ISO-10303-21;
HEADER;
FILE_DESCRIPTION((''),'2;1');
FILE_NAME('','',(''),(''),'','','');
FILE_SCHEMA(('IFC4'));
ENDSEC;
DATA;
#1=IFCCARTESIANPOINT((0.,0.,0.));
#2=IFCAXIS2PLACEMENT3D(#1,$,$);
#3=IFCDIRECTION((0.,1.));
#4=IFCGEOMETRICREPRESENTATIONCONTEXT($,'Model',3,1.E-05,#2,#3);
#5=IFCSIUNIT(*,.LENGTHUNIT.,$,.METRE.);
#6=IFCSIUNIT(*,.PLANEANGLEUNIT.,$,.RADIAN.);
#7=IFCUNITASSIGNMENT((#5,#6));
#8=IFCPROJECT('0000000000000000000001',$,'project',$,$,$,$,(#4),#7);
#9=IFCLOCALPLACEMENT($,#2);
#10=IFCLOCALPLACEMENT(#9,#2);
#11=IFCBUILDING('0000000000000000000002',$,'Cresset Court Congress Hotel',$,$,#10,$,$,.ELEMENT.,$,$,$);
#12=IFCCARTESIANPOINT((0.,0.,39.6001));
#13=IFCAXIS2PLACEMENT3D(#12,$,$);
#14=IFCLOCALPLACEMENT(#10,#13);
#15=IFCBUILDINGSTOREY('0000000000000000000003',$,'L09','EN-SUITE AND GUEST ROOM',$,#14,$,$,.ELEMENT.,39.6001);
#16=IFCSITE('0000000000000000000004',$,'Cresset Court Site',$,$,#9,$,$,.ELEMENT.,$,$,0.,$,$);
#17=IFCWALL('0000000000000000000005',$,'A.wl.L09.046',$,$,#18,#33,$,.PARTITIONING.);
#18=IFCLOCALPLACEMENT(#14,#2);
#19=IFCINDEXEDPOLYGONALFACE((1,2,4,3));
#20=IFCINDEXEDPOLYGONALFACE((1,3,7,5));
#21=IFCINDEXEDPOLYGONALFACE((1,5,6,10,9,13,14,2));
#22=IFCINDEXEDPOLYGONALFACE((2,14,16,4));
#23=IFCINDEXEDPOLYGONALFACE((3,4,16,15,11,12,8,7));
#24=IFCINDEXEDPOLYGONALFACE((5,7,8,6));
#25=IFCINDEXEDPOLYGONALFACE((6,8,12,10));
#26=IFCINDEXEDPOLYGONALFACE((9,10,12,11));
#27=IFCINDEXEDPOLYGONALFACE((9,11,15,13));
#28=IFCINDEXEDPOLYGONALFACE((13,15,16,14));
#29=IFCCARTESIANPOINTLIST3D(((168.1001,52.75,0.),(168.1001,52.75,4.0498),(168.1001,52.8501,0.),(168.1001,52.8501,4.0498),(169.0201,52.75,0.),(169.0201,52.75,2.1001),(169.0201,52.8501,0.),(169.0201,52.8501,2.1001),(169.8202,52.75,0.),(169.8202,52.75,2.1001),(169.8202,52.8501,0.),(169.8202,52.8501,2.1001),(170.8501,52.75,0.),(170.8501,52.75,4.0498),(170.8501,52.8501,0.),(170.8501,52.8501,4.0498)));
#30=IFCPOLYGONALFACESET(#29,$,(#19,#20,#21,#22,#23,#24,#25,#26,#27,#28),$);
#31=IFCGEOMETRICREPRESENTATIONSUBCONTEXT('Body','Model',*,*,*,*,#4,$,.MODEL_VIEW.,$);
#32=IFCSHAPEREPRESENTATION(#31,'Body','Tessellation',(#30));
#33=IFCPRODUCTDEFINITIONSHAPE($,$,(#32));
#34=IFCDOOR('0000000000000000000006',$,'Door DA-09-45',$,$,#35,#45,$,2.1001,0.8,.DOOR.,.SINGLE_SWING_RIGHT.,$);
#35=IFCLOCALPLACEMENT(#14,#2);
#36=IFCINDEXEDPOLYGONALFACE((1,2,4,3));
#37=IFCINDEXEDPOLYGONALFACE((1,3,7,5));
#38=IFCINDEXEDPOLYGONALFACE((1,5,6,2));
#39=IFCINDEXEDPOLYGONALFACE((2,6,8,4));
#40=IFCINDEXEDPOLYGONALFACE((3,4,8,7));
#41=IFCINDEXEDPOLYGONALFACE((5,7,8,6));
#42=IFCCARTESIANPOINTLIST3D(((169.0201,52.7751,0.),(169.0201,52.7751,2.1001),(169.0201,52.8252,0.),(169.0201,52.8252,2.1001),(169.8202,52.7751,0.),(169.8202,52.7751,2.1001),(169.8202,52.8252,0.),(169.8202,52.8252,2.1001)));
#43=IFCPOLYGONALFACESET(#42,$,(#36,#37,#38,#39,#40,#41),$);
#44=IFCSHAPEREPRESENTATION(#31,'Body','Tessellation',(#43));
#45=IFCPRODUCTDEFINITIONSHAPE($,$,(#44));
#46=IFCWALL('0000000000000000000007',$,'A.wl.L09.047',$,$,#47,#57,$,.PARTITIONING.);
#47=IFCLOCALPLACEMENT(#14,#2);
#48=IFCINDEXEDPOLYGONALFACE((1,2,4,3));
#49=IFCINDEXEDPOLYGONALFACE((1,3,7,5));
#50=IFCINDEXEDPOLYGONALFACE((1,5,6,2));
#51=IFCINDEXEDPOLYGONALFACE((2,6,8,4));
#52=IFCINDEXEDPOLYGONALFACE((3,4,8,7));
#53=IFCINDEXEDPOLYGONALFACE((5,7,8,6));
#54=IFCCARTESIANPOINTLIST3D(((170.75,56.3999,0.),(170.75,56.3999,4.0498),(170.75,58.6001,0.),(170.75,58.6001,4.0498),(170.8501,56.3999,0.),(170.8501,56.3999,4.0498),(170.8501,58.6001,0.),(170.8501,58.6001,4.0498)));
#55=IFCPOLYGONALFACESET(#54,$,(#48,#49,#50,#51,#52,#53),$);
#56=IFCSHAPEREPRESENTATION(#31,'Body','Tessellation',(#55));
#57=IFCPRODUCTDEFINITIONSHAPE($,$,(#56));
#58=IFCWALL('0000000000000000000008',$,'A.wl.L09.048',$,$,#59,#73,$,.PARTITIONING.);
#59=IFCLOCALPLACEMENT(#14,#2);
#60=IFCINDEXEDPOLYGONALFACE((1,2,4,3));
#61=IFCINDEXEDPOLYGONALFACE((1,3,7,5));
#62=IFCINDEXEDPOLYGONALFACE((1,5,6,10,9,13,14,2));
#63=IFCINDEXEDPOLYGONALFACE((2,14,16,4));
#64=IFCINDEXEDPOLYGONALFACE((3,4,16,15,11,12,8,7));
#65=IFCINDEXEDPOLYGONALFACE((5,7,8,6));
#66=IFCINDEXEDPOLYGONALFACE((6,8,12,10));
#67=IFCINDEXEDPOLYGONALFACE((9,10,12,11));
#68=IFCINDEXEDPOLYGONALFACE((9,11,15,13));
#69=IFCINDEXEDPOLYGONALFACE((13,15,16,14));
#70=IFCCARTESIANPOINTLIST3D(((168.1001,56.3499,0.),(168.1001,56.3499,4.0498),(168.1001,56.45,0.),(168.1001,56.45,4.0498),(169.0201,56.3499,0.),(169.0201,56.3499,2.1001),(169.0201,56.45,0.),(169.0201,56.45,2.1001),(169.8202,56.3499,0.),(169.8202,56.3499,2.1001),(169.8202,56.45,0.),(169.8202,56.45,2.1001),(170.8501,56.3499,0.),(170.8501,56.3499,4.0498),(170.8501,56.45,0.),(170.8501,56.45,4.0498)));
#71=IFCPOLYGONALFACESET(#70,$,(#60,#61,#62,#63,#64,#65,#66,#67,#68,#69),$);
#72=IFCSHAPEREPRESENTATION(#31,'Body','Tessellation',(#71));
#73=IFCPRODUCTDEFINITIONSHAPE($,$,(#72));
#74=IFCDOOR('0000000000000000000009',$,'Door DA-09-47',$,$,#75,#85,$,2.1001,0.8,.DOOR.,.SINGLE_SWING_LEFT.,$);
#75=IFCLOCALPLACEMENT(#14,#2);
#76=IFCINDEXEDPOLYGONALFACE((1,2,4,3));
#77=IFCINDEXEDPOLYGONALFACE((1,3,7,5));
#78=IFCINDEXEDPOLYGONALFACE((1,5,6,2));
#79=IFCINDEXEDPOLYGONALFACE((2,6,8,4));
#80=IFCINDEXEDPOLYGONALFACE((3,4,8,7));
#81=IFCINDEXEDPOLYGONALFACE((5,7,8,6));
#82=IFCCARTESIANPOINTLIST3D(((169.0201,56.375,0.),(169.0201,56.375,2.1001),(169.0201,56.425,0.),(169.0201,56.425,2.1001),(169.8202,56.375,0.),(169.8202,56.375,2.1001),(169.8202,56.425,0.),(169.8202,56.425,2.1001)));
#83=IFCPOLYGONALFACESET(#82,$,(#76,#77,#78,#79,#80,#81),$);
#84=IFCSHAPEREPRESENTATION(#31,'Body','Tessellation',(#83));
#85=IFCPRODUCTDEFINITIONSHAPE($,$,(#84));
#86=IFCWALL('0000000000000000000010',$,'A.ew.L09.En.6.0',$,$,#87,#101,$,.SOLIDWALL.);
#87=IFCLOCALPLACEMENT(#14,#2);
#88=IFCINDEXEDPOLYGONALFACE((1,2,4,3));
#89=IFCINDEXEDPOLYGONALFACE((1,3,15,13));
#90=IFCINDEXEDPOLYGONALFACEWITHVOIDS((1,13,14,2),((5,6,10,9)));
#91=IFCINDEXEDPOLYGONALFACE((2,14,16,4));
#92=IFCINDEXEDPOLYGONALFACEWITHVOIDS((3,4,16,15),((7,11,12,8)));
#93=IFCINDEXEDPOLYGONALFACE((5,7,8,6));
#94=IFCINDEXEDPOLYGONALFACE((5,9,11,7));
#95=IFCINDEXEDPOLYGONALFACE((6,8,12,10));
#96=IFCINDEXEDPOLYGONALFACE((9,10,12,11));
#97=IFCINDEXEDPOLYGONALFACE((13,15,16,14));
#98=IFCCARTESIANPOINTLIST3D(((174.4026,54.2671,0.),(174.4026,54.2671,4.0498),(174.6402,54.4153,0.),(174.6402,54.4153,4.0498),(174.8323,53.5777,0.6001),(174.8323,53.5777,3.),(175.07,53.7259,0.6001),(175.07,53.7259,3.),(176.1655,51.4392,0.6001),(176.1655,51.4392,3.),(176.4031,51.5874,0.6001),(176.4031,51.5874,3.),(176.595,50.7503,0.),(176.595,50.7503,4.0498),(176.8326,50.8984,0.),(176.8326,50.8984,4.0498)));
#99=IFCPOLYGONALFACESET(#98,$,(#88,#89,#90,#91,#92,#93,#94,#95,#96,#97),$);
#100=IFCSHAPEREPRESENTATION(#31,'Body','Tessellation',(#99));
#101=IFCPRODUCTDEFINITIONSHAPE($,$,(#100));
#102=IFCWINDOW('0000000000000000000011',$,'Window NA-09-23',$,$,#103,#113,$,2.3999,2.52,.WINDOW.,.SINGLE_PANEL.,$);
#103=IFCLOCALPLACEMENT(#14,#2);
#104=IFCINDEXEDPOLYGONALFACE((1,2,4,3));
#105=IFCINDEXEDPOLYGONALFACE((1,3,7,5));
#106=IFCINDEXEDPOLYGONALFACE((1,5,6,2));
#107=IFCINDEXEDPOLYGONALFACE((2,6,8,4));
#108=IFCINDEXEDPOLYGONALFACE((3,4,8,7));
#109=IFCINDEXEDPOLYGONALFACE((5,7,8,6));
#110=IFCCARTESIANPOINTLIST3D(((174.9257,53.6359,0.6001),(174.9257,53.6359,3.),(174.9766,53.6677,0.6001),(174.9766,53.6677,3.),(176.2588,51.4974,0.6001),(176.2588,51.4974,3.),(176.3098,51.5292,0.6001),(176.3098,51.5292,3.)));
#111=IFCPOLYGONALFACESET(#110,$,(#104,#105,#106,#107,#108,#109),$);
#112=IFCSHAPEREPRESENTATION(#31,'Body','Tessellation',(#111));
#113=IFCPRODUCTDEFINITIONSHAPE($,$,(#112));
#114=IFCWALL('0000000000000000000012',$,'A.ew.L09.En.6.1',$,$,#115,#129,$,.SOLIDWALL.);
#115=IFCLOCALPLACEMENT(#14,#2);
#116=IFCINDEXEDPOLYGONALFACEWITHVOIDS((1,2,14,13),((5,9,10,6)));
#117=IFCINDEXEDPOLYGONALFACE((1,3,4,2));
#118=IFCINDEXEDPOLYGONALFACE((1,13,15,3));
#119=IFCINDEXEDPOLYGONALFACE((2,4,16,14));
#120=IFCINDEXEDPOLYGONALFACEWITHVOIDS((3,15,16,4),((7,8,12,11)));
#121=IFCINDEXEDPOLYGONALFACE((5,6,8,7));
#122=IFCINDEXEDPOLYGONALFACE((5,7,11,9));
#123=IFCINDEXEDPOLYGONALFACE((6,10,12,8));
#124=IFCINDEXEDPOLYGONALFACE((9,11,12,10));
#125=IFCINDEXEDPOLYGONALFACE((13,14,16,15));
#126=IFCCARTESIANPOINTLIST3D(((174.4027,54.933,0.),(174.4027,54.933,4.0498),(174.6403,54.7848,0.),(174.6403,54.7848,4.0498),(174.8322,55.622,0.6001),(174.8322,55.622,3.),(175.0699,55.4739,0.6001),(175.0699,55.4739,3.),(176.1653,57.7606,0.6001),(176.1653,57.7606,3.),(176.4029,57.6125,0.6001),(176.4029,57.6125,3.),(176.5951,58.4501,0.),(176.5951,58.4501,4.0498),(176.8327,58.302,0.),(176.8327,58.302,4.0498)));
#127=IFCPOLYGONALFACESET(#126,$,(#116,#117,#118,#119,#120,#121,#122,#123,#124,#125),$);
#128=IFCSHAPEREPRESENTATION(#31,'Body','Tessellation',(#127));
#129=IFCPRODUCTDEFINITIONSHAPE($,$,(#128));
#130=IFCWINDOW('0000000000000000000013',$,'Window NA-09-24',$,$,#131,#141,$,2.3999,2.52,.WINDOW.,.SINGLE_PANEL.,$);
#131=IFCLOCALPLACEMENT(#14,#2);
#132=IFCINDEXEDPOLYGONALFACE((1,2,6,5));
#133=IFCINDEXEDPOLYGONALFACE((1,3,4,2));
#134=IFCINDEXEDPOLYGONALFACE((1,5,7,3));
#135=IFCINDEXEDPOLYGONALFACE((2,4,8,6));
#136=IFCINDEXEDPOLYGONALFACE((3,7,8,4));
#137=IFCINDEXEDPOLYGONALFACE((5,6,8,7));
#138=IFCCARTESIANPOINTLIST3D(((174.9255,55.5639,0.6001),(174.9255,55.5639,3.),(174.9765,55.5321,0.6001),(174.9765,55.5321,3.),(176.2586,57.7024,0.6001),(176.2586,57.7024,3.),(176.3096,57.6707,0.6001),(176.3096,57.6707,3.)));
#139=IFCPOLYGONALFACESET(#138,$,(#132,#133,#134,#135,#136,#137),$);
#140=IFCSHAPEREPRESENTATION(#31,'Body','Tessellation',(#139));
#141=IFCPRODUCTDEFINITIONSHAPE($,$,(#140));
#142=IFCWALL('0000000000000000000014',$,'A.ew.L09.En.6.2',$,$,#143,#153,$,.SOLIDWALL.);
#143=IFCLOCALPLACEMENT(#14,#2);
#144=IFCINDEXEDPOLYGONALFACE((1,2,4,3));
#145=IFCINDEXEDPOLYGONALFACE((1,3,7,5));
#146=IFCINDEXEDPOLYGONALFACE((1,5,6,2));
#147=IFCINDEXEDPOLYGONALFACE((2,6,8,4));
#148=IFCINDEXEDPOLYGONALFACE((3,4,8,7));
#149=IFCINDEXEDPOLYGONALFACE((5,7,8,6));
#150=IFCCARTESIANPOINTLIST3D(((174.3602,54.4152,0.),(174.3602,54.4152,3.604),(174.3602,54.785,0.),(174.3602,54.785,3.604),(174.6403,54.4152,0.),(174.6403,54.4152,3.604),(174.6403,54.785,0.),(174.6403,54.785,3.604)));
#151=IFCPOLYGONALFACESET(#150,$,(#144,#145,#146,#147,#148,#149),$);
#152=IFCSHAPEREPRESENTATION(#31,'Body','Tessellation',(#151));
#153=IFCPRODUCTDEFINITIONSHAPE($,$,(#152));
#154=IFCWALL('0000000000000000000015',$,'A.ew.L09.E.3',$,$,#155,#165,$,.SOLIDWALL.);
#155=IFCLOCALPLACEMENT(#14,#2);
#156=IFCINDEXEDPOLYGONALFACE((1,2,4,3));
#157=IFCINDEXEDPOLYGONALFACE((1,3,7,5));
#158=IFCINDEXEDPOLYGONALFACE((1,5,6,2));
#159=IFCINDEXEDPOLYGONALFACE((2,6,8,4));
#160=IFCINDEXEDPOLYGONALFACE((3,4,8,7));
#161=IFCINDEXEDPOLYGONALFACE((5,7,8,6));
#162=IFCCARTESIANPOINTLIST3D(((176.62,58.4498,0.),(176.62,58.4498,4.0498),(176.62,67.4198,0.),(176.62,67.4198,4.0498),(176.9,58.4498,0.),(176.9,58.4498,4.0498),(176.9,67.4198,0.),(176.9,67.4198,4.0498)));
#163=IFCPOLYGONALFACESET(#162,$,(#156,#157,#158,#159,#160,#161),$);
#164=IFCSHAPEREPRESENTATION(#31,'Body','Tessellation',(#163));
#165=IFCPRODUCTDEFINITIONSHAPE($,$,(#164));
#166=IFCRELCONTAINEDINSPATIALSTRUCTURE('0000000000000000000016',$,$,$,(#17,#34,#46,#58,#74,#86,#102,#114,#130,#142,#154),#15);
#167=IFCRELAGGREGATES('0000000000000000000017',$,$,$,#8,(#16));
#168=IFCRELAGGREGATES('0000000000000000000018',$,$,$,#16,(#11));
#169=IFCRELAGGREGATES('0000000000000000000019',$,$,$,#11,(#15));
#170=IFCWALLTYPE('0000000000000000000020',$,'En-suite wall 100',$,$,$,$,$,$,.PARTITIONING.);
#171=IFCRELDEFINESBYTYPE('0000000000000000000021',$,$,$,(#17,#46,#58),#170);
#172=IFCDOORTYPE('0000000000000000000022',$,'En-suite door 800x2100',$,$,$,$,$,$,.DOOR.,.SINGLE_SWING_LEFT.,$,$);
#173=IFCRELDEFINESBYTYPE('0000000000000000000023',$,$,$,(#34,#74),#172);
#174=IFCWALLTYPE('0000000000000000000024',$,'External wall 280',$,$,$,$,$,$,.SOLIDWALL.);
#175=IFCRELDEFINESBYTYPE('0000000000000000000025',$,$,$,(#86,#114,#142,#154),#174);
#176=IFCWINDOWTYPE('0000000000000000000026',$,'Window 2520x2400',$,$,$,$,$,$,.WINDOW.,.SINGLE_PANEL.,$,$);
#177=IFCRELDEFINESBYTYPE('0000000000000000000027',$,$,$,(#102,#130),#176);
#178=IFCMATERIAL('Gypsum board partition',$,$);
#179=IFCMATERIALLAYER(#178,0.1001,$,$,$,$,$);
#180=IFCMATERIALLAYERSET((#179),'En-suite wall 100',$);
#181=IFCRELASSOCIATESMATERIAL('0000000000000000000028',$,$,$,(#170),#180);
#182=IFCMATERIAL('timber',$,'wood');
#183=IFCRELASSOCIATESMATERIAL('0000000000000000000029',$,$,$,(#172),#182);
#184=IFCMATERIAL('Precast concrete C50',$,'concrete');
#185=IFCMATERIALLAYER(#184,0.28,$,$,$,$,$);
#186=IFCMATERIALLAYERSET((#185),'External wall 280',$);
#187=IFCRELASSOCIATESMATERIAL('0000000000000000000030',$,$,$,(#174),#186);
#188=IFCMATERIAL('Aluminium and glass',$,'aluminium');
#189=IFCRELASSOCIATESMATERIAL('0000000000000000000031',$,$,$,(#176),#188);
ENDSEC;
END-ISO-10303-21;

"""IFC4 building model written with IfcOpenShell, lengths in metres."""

from ifc_helpers import new_model, si_unit, direction, frame, frame_2d, origin, place, context, subcontext, project, spatial, rectangle, extrude, material, layer, layer_set, type_object, element, fill, save


model = new_model("IFC4")

# Units and contexts
model_context = context("Model", 3, precision=1e-05, world=origin(), true_north=direction((0.0, 1.0)))
body_context = subcontext(model_context, "Body", "Model", "MODEL_VIEW")
ifc_project = project(units=[si_unit("LENGTHUNIT", "METRE"), si_unit("PLANEANGLEUNIT", "RADIAN")], contexts=[model_context])

# Site, building, storey
site_placement = place(None, origin())
site = spatial("IfcSite", under=ifc_project, at=site_placement, Name="Cresset Court Site", CompositionType="ELEMENT", RefElevation=0.0)
building_placement = place(site_placement, origin())
building = spatial("IfcBuilding", under=site, at=building_placement, Name="Cresset Court Congress Hotel", CompositionType="ELEMENT")
storey_placement = place(building_placement, frame((0.0, 0.0, 39.6001)))
storey = spatial("IfcBuildingStorey", under=building, at=storey_placement, Name="L09", Description="EN-SUITE AND GUEST ROOM", CompositionType="ELEMENT", Elevation=39.6001)

# Wall, opening, door
ifc_material_1 = material(Name="Gypsum board partition")
ifc_layer_1 = layer(ifc_material_1, 0.1001)
ifc_layer_set_1 = layer_set([ifc_layer_1], Name="En-suite wall 100")
wall_type_1 = type_object("IfcWallType", Name="En-suite wall 100", PredefinedType="PARTITIONING", material=ifc_layer_set_1)
wall_1_placement = place(storey_placement, frame((170.8501, 52.8, 0.0), z_axis=(0.0, 0.0, 1.0), x_axis=(-1.0, 0.0, 0.0)))
wall_1 = element("IfcWall", 1, at=wall_1_placement, inside=storey, type_object=wall_type_1, Name="A.wl.L09.046", PredefinedType="PARTITIONING", context=body_context, shape_type="SweptSolid", body=[
    extrude(rectangle(XDim=2.75, YDim=0.1001, at=frame_2d((1.375, 0.0))), origin(), (0.0, 0.0, 1.0), 4.0498),
])
opening_1_placement = place(wall_1_placement, frame((1.03, 0.0, 0.0)))
opening_1 = element("IfcOpeningElement", 2, at=opening_1_placement, cuts=wall_1, PredefinedType="OPENING", context=body_context, shape_type="SweptSolid", body=[
    extrude(rectangle(XDim=0.8, YDim=2.1001, at=frame_2d((0.3999, 1.05))), frame((0.0, 0.0601, 0.0), z_axis=(0.0, -1.0, 0.0), x_axis=(1.0, 0.0, 0.0)), (0.0, 0.0, 1.0), 0.1201),
])
ifc_material_2 = material(Name="timber", Category="wood")
door_type = type_object("IfcDoorType", Name="En-suite door 800x2100", OperationType="SINGLE_SWING_LEFT", PredefinedType="DOOR", material=ifc_material_2)
door_1_placement = place(opening_1_placement, origin())
door_1 = element("IfcDoor", 3, at=door_1_placement, inside=storey, type_object=door_type, Name="Door DA-09-45", OperationType="SINGLE_SWING_RIGHT", OverallHeight=2.1001, OverallWidth=0.8, PredefinedType="DOOR", context=body_context, shape_type="SweptSolid", body=[
    extrude(rectangle(XDim=0.8, YDim=2.1001, at=frame_2d((0.3999, 1.05))), frame((0.0, 0.0249, 0.0), z_axis=(0.0, -1.0, 0.0), x_axis=(1.0, 0.0, 0.0)), (0.0, 0.0, 1.0), 0.05),
])
fill(opening_1, door_1)

# Wall
wall_2_placement = place(storey_placement, frame((170.8, 56.3999, 0.0), z_axis=(0.0, 0.0, 1.0), x_axis=(0.0, 1.0, 0.0)))
element("IfcWall", 4, at=wall_2_placement, inside=storey, type_object=wall_type_1, Name="A.wl.L09.047", PredefinedType="PARTITIONING", context=body_context, shape_type="SweptSolid", body=[
    extrude(rectangle(XDim=2.2002, YDim=0.1001, at=frame_2d((1.1001, 0.0))), origin(), (0.0, 0.0, 1.0), 4.0498),
])

# Wall, opening, door
wall_3_placement = place(storey_placement, frame((170.8501, 56.3999, 0.0), z_axis=(0.0, 0.0, 1.0), x_axis=(-1.0, 0.0, 0.0)))
wall_3 = element("IfcWall", 5, at=wall_3_placement, inside=storey, type_object=wall_type_1, Name="A.wl.L09.048", PredefinedType="PARTITIONING", context=body_context, shape_type="SweptSolid", body=[
    extrude(rectangle(XDim=2.75, YDim=0.1001, at=frame_2d((1.375, 0.0))), origin(), (0.0, 0.0, 1.0), 4.0498),
])
opening_2_placement = place(wall_3_placement, frame((1.03, 0.0, 0.0)))
opening_2 = element("IfcOpeningElement", 6, at=opening_2_placement, cuts=wall_3, PredefinedType="OPENING", context=body_context, shape_type="SweptSolid", body=[
    extrude(rectangle(XDim=0.8, YDim=2.1001, at=frame_2d((0.3999, 1.05))), frame((0.0, 0.0601, 0.0), z_axis=(0.0, -1.0, 0.0), x_axis=(1.0, 0.0, 0.0)), (0.0, 0.0, 1.0), 0.1201),
])
door_2_placement = place(opening_2_placement, origin())
door_2 = element("IfcDoor", 7, at=door_2_placement, inside=storey, type_object=door_type, Name="Door DA-09-47", OperationType="SINGLE_SWING_LEFT", OverallHeight=2.1001, OverallWidth=0.8, PredefinedType="DOOR", context=body_context, shape_type="SweptSolid", body=[
    extrude(rectangle(XDim=0.8, YDim=2.1001, at=frame_2d((0.3999, 1.05))), frame((0.0, 0.0249, 0.0), z_axis=(0.0, -1.0, 0.0), x_axis=(1.0, 0.0, 0.0)), (0.0, 0.0, 1.0), 0.05),
])
fill(opening_2, door_2)

# Walls, openings, windows
ifc_material_3 = material(Name="Precast concrete C50", Category="concrete")
ifc_layer_2 = layer(ifc_material_3, 0.28)
ifc_layer_set_2 = layer_set([ifc_layer_2], Name="External wall 280")
wall_type_2 = type_object("IfcWallType", Name="External wall 280", PredefinedType="SOLIDWALL", material=ifc_layer_set_2)
wall_4_placement = place(storey_placement, frame((176.7139, 50.8242, 0.0), z_axis=(0.0, 0.0, 1.0), x_axis=(-0.529019, 0.84861, 0.0)))
wall_4 = element("IfcWall", 8, at=wall_4_placement, inside=storey, type_object=wall_type_2, Name="A.ew.L09.En.6.0", PredefinedType="SOLIDWALL", context=body_context, shape_type="SweptSolid", body=[
    extrude(rectangle(XDim=4.1443, YDim=0.28, at=frame_2d((2.0723, 0.0))), origin(), (0.0, 0.0, 1.0), 4.0498),
])
opening_3_placement = place(wall_4_placement, frame((0.812, 0.0, 0.6001)))
opening_3 = element("IfcOpeningElement", 9, at=opening_3_placement, cuts=wall_4, PredefinedType="OPENING", context=body_context, shape_type="SweptSolid", body=[
    extrude(rectangle(XDim=2.52, YDim=2.3999, at=frame_2d((1.26, 1.2))), frame((0.0, 0.1499, 0.0), z_axis=(0.0, -1.0, 0.0), x_axis=(1.0, 0.0, 0.0)), (0.0, 0.0, 1.0), 0.3),
])
ifc_material_4 = material(Name="Aluminium and glass", Category="aluminium")
window_type = type_object("IfcWindowType", Name="Window 2520x2400", PartitioningType="SINGLE_PANEL", PredefinedType="WINDOW", material=ifc_material_4)
window_1_placement = place(opening_3_placement, origin())
window_1 = element("IfcWindow", 10, at=window_1_placement, inside=storey, type_object=window_type, Name="Window NA-09-23", OverallHeight=2.3999, OverallWidth=2.52, PartitioningType="SINGLE_PANEL", PredefinedType="WINDOW", context=body_context, shape_type="SweptSolid", body=[
    extrude(rectangle(XDim=2.52, YDim=2.3999, at=frame_2d((1.26, 1.2))), frame((0.0, 0.03, 0.0), z_axis=(0.0, -1.0, 0.0), x_axis=(1.0, 0.0, 0.0)), (0.0, 0.0, 1.0), 0.0601),
])
fill(opening_3, window_1)
wall_5_placement = place(storey_placement, frame((174.5215, 54.8589, 0.0), z_axis=(0.0, 0.0, 1.0), x_axis=(0.528993, 0.848626, 0.0)))
wall_5 = element("IfcWall", 11, at=wall_5_placement, inside=storey, type_object=wall_type_2, Name="A.ew.L09.En.6.1", PredefinedType="SOLIDWALL", context=body_context, shape_type="SweptSolid", body=[
    extrude(rectangle(XDim=4.1445, YDim=0.28, at=frame_2d((2.0723, 0.0))), origin(), (0.0, 0.0, 1.0), 4.0498),
])
opening_4_placement = place(wall_5_placement, frame((0.812, 0.0, 0.6001)))
opening_4 = element("IfcOpeningElement", 12, at=opening_4_placement, cuts=wall_5, PredefinedType="OPENING", context=body_context, shape_type="SweptSolid", body=[
    extrude(rectangle(XDim=2.52, YDim=2.3999, at=frame_2d((1.26, 1.2))), frame((0.0, 0.1499, 0.0), z_axis=(0.0, -1.0, 0.0), x_axis=(1.0, 0.0, 0.0)), (0.0, 0.0, 1.0), 0.3),
])
window_2_placement = place(opening_4_placement, origin())
window_2 = element("IfcWindow", 13, at=window_2_placement, inside=storey, type_object=window_type, Name="Window NA-09-24", OverallHeight=2.3999, OverallWidth=2.52, PartitioningType="SINGLE_PANEL", PredefinedType="WINDOW", context=body_context, shape_type="SweptSolid", body=[
    extrude(rectangle(XDim=2.52, YDim=2.3999, at=frame_2d((1.26, 1.2))), frame((0.0, 0.03, 0.0), z_axis=(0.0, -1.0, 0.0), x_axis=(1.0, 0.0, 0.0)), (0.0, 0.0, 1.0), 0.0601),
])
fill(opening_4, window_2)

# Walls
wall_6_placement = place(storey_placement, frame((174.5002, 54.415, 0.0), z_axis=(0.0, 0.0, 1.0), x_axis=(0.0, 1.0, 0.0)))
element("IfcWall", 14, at=wall_6_placement, inside=storey, type_object=wall_type_2, Name="A.ew.L09.En.6.2", PredefinedType="SOLIDWALL", context=body_context, shape_type="SweptSolid", body=[
    extrude(rectangle(XDim=0.3699, YDim=0.28, at=frame_2d((0.1851, 0.0))), origin(), (0.0, 0.0, 1.0), 3.604),
])
wall_7_placement = place(storey_placement, frame((176.76, 58.45, 0.0), z_axis=(0.0, 0.0, 1.0), x_axis=(0.0, 1.0, 0.0)))
element("IfcWall", 15, at=wall_7_placement, inside=storey, type_object=wall_type_2, Name="A.ew.L09.E.3", PredefinedType="SOLIDWALL", context=body_context, shape_type="SweptSolid", body=[
    extrude(rectangle(XDim=8.97, YDim=0.28, at=frame_2d((4.4849, 0.0))), origin(), (0.0, 0.0, 1.0), 4.0498),
])

save(model, "model.ifc")
